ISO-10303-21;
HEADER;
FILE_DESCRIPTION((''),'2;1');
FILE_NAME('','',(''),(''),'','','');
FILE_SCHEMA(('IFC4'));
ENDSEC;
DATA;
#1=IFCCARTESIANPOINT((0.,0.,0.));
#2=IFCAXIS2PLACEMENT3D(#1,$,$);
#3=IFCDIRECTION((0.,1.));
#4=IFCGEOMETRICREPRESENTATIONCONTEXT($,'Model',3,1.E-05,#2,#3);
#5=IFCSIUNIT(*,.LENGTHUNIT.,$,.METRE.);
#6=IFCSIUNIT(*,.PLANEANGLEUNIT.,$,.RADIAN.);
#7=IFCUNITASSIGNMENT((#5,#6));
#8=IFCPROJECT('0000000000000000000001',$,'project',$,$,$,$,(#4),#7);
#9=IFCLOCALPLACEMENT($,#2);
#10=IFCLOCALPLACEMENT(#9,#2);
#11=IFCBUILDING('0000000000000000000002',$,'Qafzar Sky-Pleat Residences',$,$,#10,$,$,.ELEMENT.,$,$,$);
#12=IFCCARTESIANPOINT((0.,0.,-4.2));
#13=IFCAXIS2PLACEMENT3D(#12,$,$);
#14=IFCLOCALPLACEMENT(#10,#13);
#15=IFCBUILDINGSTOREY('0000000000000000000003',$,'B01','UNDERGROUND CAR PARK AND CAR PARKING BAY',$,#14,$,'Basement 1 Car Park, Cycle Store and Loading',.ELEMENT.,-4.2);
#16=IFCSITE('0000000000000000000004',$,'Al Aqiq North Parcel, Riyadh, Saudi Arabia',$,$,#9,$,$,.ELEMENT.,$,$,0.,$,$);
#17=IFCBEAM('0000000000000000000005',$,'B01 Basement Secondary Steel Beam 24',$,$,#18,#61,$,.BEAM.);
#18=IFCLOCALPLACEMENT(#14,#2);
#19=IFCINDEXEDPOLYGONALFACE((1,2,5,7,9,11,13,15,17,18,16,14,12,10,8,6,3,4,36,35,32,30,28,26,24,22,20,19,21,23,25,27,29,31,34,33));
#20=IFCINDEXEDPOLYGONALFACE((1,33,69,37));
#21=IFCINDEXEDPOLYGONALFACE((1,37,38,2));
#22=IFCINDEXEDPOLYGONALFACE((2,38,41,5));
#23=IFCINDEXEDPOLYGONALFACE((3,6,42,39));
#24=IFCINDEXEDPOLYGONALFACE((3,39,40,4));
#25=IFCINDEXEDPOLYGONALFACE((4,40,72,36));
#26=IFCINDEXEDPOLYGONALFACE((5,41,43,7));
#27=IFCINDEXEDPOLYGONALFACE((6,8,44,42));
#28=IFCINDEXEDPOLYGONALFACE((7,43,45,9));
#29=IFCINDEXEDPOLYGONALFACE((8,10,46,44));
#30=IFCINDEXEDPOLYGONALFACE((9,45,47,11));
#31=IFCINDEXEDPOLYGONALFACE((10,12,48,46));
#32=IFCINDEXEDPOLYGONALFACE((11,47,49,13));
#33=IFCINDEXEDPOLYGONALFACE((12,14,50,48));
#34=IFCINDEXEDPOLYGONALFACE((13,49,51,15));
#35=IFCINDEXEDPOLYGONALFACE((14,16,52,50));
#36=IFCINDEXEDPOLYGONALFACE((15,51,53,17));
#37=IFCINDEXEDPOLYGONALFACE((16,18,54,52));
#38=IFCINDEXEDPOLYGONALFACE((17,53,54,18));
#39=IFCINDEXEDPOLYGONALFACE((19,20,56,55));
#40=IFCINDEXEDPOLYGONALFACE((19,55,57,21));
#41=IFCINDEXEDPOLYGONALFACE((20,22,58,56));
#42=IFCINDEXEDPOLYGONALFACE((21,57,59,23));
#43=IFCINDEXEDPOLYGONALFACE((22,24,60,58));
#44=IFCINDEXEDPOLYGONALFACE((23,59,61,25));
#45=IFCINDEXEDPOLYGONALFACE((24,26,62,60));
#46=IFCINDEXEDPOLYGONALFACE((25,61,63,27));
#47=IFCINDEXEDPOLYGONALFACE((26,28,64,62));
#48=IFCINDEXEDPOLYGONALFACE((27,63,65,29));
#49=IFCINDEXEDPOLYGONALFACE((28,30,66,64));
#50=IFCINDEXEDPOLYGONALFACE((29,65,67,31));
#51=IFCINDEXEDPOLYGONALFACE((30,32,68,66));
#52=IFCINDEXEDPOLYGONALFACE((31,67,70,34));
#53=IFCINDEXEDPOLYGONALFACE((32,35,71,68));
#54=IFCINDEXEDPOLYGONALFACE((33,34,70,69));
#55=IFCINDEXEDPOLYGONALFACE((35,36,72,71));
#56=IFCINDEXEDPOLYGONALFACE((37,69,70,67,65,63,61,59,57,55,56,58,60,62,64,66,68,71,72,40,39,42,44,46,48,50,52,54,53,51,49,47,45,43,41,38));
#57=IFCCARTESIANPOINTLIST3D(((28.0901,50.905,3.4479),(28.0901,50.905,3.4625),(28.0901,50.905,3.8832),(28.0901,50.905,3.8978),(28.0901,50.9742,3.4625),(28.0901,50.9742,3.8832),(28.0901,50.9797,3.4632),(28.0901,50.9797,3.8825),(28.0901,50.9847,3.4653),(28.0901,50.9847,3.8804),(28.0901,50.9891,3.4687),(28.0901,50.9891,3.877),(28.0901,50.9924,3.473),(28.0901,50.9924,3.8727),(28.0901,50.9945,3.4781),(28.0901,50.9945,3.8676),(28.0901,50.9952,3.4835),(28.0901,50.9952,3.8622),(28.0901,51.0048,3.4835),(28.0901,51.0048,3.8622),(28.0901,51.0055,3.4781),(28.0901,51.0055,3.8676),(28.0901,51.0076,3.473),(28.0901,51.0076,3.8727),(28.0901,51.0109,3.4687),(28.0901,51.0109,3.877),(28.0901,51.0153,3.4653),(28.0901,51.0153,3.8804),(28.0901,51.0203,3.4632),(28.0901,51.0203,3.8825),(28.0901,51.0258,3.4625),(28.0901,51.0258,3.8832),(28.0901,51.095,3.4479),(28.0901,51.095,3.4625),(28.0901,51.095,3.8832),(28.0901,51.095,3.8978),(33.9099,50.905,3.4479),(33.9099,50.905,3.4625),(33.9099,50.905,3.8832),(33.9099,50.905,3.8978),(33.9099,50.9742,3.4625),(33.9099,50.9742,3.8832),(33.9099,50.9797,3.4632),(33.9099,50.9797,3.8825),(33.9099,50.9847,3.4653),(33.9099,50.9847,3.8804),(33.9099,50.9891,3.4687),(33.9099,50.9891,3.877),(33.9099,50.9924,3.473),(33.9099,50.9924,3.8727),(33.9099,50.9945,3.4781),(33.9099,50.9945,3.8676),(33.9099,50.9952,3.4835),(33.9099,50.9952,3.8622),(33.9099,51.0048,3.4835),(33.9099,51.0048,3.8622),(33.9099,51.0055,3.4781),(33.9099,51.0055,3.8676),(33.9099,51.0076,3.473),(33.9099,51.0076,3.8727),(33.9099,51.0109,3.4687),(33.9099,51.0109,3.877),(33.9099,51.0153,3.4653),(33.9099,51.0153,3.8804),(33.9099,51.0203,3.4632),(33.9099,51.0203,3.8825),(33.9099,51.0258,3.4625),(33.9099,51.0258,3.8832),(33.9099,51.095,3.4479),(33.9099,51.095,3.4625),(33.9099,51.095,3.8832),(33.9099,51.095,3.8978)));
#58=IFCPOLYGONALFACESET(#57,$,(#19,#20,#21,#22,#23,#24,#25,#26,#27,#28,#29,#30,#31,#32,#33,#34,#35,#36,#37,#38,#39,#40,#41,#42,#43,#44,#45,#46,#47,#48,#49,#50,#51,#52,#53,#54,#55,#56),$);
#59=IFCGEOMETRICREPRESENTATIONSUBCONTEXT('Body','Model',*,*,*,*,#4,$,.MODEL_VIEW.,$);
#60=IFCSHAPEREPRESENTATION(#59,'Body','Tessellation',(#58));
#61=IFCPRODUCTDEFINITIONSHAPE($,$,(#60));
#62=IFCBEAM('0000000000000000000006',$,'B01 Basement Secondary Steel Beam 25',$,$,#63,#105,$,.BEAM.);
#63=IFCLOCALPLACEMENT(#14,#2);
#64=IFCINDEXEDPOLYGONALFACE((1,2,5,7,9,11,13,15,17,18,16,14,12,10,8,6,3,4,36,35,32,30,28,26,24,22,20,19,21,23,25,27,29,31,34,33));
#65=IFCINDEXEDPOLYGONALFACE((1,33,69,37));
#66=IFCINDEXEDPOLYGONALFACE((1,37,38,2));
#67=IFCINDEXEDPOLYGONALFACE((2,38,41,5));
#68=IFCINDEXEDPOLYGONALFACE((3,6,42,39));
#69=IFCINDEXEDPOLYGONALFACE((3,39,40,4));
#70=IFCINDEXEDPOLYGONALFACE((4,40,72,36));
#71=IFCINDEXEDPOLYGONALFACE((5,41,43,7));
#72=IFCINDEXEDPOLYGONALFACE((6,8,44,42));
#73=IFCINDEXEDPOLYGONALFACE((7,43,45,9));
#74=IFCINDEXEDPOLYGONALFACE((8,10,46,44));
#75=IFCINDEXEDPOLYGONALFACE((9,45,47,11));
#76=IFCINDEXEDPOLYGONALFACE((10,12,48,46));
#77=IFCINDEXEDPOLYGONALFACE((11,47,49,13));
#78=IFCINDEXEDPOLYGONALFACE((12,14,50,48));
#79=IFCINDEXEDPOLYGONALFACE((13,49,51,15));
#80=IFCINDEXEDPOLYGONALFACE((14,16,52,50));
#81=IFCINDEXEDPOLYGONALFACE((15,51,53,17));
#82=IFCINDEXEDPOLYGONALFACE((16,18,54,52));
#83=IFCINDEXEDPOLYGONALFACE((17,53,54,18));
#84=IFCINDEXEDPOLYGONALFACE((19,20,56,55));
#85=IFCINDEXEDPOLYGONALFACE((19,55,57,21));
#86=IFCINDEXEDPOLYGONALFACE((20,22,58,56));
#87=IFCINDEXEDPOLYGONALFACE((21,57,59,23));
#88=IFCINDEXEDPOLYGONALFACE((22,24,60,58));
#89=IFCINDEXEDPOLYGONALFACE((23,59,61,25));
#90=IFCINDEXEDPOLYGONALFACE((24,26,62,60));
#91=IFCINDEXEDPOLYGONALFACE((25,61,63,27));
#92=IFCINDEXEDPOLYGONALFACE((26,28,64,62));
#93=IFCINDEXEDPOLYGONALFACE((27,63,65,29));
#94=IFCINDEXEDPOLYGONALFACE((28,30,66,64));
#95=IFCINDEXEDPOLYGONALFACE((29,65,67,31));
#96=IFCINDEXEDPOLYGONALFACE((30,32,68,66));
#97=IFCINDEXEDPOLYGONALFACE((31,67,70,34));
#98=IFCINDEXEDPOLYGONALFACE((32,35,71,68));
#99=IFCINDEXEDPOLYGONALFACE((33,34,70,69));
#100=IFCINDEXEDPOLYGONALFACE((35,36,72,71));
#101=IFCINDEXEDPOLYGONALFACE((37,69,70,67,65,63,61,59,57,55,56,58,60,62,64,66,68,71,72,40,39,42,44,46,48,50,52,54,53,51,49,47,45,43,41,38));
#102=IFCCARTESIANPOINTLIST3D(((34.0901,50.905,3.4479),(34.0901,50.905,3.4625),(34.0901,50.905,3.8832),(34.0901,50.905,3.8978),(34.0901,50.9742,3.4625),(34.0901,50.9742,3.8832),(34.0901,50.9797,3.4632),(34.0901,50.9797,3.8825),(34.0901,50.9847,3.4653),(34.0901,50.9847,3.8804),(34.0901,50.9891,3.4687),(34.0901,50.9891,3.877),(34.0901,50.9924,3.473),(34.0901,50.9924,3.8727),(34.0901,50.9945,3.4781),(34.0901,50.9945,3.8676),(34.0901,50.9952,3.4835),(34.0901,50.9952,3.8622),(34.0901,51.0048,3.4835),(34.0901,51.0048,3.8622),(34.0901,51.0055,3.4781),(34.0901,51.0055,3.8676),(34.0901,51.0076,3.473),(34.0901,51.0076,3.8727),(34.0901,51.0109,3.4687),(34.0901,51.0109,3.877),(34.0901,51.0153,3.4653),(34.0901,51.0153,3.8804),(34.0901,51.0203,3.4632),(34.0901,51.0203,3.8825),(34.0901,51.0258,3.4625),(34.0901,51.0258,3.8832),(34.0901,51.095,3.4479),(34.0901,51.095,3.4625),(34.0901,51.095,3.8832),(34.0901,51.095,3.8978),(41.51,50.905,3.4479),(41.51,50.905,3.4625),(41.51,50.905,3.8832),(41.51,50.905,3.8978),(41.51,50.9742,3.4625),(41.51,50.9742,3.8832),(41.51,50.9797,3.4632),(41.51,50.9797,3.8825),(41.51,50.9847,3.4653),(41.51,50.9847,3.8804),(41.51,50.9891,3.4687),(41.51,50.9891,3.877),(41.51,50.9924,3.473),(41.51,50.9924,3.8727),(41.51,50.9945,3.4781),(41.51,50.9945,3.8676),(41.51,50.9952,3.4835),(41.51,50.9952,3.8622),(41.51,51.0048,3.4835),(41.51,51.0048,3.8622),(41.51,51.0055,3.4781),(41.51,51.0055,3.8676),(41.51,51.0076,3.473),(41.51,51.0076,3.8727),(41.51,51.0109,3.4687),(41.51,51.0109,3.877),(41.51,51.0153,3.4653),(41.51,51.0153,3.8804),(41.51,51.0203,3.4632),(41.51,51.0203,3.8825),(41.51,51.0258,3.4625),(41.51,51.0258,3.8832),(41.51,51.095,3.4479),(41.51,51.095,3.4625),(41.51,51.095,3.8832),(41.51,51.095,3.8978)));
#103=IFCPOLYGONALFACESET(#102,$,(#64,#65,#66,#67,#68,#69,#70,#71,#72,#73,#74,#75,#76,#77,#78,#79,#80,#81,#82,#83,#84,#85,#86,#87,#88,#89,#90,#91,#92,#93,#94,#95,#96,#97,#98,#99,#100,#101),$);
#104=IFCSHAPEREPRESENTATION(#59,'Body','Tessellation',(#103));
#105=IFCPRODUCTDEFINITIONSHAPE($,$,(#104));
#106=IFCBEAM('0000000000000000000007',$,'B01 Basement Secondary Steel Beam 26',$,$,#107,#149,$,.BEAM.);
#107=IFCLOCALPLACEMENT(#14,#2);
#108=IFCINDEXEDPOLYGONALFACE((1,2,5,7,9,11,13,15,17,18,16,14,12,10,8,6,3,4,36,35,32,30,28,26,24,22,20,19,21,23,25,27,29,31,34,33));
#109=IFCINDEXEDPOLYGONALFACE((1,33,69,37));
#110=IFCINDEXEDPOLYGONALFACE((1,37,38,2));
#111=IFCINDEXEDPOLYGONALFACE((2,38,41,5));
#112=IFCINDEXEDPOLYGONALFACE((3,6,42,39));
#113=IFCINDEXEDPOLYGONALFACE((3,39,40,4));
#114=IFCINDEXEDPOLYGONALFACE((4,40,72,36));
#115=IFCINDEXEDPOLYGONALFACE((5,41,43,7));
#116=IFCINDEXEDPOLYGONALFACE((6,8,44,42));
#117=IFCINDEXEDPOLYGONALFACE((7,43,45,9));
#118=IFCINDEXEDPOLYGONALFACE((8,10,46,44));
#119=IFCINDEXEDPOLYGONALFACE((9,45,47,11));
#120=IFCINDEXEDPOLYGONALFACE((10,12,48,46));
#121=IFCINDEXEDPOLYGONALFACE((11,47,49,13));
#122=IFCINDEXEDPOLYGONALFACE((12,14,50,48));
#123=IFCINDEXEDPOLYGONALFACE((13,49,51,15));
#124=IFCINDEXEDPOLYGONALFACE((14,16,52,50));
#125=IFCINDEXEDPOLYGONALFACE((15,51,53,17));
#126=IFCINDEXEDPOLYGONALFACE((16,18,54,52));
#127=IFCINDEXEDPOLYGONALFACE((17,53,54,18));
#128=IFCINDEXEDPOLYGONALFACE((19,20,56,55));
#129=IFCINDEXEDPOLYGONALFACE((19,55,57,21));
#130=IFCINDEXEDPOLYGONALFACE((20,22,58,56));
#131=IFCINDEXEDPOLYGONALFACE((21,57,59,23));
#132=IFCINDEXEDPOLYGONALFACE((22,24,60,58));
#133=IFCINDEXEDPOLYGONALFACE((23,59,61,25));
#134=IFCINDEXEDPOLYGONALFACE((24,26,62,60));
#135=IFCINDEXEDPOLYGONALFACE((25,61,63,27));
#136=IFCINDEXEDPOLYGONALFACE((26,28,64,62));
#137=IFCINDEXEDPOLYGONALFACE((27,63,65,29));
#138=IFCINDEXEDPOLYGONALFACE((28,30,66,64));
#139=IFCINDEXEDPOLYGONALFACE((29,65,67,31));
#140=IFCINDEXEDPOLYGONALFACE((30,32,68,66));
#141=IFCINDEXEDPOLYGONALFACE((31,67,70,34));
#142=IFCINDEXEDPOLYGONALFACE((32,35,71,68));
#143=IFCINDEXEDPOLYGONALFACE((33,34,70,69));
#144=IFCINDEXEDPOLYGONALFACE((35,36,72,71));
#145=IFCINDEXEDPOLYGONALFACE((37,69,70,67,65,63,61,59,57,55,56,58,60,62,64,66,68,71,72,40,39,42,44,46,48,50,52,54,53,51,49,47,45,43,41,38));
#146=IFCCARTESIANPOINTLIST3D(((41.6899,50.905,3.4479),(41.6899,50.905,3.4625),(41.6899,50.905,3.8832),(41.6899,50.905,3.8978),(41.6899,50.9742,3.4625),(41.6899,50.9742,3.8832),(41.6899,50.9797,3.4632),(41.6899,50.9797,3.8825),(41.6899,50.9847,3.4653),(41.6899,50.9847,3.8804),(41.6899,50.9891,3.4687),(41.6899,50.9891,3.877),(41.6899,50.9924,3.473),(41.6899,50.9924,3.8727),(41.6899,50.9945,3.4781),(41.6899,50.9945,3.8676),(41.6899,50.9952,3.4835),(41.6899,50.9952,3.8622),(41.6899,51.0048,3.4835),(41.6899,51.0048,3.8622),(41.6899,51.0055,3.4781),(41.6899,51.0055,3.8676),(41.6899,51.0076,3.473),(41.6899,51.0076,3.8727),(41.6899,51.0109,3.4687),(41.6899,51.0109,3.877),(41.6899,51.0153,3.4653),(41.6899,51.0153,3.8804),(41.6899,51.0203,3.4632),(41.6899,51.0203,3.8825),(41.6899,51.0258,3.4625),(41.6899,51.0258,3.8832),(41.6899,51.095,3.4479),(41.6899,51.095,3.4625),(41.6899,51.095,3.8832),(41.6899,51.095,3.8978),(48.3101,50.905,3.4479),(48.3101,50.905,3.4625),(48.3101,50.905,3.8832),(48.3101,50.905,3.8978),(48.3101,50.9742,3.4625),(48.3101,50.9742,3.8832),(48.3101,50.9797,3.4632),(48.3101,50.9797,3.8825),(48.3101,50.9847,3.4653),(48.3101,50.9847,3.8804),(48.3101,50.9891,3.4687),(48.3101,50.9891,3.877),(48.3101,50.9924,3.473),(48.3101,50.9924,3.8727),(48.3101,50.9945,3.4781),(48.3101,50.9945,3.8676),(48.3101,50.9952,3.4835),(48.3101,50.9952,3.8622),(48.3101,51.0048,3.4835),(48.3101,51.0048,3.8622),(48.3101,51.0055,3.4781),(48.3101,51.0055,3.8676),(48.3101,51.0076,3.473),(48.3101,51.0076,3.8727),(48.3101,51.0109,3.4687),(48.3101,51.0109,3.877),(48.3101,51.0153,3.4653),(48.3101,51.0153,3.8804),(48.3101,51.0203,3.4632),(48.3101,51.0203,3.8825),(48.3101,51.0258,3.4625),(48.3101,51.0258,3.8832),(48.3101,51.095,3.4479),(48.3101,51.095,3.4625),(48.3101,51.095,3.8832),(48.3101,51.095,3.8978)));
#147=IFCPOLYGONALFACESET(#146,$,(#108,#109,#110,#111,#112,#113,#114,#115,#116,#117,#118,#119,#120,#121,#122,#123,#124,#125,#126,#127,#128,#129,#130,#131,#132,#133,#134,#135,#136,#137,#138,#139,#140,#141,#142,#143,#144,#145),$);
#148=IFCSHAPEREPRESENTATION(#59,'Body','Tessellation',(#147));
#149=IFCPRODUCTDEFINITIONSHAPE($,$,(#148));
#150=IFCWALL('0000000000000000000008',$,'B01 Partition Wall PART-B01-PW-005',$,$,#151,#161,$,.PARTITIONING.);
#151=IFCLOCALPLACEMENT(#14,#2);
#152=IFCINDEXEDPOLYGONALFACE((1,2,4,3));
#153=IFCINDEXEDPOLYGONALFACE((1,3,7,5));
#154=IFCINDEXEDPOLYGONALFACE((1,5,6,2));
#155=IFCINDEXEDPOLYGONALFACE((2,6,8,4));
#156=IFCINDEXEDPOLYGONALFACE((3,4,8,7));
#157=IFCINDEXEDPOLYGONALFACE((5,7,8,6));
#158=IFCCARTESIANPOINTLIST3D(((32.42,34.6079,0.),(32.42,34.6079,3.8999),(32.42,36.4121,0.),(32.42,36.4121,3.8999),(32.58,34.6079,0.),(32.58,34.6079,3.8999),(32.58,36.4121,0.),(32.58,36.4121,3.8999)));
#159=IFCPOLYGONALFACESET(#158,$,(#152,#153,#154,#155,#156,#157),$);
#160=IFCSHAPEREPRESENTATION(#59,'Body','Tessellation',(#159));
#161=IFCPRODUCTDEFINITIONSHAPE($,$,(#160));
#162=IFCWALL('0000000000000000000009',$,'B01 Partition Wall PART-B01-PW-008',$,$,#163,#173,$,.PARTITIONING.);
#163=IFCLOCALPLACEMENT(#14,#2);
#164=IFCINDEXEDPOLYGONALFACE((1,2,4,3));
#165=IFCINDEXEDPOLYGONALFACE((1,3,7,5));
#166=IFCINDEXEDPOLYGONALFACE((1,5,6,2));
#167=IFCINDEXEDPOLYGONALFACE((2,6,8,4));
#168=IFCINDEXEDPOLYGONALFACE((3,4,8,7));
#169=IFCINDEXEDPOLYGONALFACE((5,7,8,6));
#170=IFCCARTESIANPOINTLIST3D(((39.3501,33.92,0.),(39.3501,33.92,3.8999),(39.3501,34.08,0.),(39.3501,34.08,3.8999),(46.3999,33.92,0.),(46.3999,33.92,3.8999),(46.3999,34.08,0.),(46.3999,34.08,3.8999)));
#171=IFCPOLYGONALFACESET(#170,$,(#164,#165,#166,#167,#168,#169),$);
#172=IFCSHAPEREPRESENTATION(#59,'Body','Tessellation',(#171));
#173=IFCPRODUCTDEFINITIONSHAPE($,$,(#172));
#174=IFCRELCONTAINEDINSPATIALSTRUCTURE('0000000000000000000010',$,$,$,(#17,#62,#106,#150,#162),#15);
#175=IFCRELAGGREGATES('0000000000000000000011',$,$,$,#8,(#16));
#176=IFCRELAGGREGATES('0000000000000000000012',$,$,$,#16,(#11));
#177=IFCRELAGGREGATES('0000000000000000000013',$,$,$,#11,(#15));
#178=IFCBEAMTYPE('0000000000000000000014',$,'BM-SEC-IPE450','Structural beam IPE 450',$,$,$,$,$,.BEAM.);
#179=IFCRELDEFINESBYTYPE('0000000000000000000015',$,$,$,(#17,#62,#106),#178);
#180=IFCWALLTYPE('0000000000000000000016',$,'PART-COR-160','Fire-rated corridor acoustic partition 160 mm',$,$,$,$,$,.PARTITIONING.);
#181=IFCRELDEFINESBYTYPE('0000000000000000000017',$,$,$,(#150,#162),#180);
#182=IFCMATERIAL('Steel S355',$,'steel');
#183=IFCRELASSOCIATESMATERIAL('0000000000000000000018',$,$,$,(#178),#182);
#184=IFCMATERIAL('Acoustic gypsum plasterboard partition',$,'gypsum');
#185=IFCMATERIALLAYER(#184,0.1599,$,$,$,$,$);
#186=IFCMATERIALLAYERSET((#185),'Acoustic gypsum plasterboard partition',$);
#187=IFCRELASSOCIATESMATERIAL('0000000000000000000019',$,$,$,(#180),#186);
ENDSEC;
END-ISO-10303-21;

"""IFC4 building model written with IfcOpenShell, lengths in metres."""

from ifc_helpers import new_model, si_unit, direction, frame, frame_2d, origin, origin_2d, place, context, subcontext, project, spatial, rectangle, i_section, extrude, source, transform, mapped, material, layer, layer_set, material_profile, profile_set, type_object, element, save


model = new_model("IFC4")

# Units and contexts
model_context = context("Model", 3, precision=1e-05, world=origin(), true_north=direction((0.0, 1.0)))
body_context = subcontext(model_context, "Body", "Model", "MODEL_VIEW")
ifc_project = project(units=[si_unit("LENGTHUNIT", "METRE"), si_unit("PLANEANGLEUNIT", "RADIAN")], contexts=[model_context])

# Site, building, storey
site_placement = place(None, origin())
site = spatial("IfcSite", under=ifc_project, at=site_placement, Name="Al Aqiq North Parcel, Riyadh, Saudi Arabia", CompositionType="ELEMENT", RefElevation=0.0)
building_placement = place(site_placement, origin())
building = spatial("IfcBuilding", under=site, at=building_placement, Name="Qafzar Sky-Pleat Residences", CompositionType="ELEMENT")
storey_placement = place(building_placement, frame((0.0, 0.0, -4.2)))
storey = spatial("IfcBuildingStorey", under=building, at=storey_placement, Name="B01", Description="UNDERGROUND CAR PARK AND CAR PARKING BAY", LongName="Basement 1 Car Park, Cycle Store and Loading", CompositionType="ELEMENT", Elevation=-4.2)

# Beams
ifc_material_1 = material(Name="Steel S355", Category="steel")
ifc_material_profile_1 = material_profile(ifc_material_1, i_section(OverallWidth=0.1899, OverallDepth=0.45, WebThickness=0.0095, FlangeThickness=0.0146, FilletRadius=0.021, at=origin_2d()), Name="IPE 450")
ifc_profile_set_1 = profile_set([ifc_material_profile_1], Name="Steel S355")
beam_type_1 = type_object("IfcBeamType", Name="BM-SEC-IPE450", Description="Structural beam IPE 450", PredefinedType="BEAM", material=ifc_profile_set_1)
shared_shape_1 = source(origin(), body_context, "Body", "SweptSolid", [
    extrude(i_section(OverallWidth=0.1899, OverallDepth=0.45, WebThickness=0.0095, FlangeThickness=0.0146, FilletRadius=0.021, at=origin_2d()), origin(), (0.0, 0.0, 1.0), 5.8198),
])
beam_1_placement = place(storey_placement, frame((28.0901, 51.0, 3.6729), z_axis=(1.0, 0.0, 0.0), x_axis=(0.0, 1.0, 0.0)))
element("IfcBeam", 1, at=beam_1_placement, inside=storey, type_object=beam_type_1, Name="B01 Basement Secondary Steel Beam 24", PredefinedType="BEAM", context=body_context, shape_type="MappedRepresentation", body=[
    mapped(shared_shape_1, transform((0.0, 0.0, 0.0), x_axis=(1.0, 0.0, 0.0), y_axis=(0.0, 1.0, 0.0), z_axis=(0.0, 0.0, 1.0), scale=1.0)),
])
shared_shape_2 = source(origin(), body_context, "Body", "SweptSolid", [
    extrude(i_section(OverallWidth=0.1899, OverallDepth=0.45, WebThickness=0.0095, FlangeThickness=0.0146, FilletRadius=0.021, at=origin_2d()), origin(), (0.0, 0.0, 1.0), 7.4199),
])
beam_2_placement = place(storey_placement, frame((34.0901, 51.0, 3.6729), z_axis=(1.0, 0.0, 0.0), x_axis=(0.0, 1.0, 0.0)))
element("IfcBeam", 2, at=beam_2_placement, inside=storey, type_object=beam_type_1, Name="B01 Basement Secondary Steel Beam 25", PredefinedType="BEAM", context=body_context, shape_type="MappedRepresentation", body=[
    mapped(shared_shape_2, transform((0.0, 0.0, 0.0), x_axis=(1.0, 0.0, 0.0), y_axis=(0.0, 1.0, 0.0), z_axis=(0.0, 0.0, 1.0), scale=1.0)),
])
shared_shape_3 = source(origin(), body_context, "Body", "SweptSolid", [
    extrude(i_section(OverallWidth=0.1899, OverallDepth=0.45, WebThickness=0.0095, FlangeThickness=0.0146, FilletRadius=0.021, at=origin_2d()), origin(), (0.0, 0.0, 1.0), 6.6201),
])
beam_3_placement = place(storey_placement, frame((41.6899, 51.0, 3.6729), z_axis=(1.0, 0.0, 0.0), x_axis=(0.0, 1.0, 0.0)))
element("IfcBeam", 3, at=beam_3_placement, inside=storey, type_object=beam_type_1, Name="B01 Basement Secondary Steel Beam 26", PredefinedType="BEAM", context=body_context, shape_type="MappedRepresentation", body=[
    mapped(shared_shape_3, transform((0.0, 0.0, 0.0), x_axis=(1.0, 0.0, 0.0), y_axis=(0.0, 1.0, 0.0), z_axis=(0.0, 0.0, 1.0), scale=1.0)),
])

# Wall
ifc_material_2 = material(Name="Acoustic gypsum plasterboard partition", Category="gypsum")
ifc_layer_1 = layer(ifc_material_2, 0.1599)
ifc_layer_set_1 = layer_set([ifc_layer_1], Name="Acoustic gypsum plasterboard partition")
wall_type_1 = type_object("IfcWallType", Name="PART-COR-160", Description="Fire-rated corridor acoustic partition 160 mm", PredefinedType="PARTITIONING", material=ifc_layer_set_1)
wall_1_placement = place(storey_placement, frame((32.5, 34.6079, 0.0), z_axis=(0.0, 0.0, 1.0), x_axis=(0.0, 1.0, 0.0)))
element("IfcWall", 4, at=wall_1_placement, inside=storey, type_object=wall_type_1, Name="B01 Partition Wall PART-B01-PW-005", PredefinedType="PARTITIONING", context=body_context, shape_type="SweptSolid", body=[
    extrude(rectangle(XDim=1.8042, YDim=0.1599, at=frame_2d((0.9021, 0.0))), origin(), (0.0, 0.0, 1.0), 3.8999),
])

# Wall
wall_2_placement = place(storey_placement, frame((39.3501, 34.0, 0.0), z_axis=(0.0, 0.0, 1.0), x_axis=(1.0, 0.0, 0.0)))
element("IfcWall", 5, at=wall_2_placement, inside=storey, type_object=wall_type_1, Name="B01 Partition Wall PART-B01-PW-008", PredefinedType="PARTITIONING", context=body_context, shape_type="SweptSolid", body=[
    extrude(rectangle(XDim=7.0498, YDim=0.1599, at=frame_2d((3.5249, 0.0))), origin(), (0.0, 0.0, 1.0), 3.8999),
])

save(model, "model.ifc")
